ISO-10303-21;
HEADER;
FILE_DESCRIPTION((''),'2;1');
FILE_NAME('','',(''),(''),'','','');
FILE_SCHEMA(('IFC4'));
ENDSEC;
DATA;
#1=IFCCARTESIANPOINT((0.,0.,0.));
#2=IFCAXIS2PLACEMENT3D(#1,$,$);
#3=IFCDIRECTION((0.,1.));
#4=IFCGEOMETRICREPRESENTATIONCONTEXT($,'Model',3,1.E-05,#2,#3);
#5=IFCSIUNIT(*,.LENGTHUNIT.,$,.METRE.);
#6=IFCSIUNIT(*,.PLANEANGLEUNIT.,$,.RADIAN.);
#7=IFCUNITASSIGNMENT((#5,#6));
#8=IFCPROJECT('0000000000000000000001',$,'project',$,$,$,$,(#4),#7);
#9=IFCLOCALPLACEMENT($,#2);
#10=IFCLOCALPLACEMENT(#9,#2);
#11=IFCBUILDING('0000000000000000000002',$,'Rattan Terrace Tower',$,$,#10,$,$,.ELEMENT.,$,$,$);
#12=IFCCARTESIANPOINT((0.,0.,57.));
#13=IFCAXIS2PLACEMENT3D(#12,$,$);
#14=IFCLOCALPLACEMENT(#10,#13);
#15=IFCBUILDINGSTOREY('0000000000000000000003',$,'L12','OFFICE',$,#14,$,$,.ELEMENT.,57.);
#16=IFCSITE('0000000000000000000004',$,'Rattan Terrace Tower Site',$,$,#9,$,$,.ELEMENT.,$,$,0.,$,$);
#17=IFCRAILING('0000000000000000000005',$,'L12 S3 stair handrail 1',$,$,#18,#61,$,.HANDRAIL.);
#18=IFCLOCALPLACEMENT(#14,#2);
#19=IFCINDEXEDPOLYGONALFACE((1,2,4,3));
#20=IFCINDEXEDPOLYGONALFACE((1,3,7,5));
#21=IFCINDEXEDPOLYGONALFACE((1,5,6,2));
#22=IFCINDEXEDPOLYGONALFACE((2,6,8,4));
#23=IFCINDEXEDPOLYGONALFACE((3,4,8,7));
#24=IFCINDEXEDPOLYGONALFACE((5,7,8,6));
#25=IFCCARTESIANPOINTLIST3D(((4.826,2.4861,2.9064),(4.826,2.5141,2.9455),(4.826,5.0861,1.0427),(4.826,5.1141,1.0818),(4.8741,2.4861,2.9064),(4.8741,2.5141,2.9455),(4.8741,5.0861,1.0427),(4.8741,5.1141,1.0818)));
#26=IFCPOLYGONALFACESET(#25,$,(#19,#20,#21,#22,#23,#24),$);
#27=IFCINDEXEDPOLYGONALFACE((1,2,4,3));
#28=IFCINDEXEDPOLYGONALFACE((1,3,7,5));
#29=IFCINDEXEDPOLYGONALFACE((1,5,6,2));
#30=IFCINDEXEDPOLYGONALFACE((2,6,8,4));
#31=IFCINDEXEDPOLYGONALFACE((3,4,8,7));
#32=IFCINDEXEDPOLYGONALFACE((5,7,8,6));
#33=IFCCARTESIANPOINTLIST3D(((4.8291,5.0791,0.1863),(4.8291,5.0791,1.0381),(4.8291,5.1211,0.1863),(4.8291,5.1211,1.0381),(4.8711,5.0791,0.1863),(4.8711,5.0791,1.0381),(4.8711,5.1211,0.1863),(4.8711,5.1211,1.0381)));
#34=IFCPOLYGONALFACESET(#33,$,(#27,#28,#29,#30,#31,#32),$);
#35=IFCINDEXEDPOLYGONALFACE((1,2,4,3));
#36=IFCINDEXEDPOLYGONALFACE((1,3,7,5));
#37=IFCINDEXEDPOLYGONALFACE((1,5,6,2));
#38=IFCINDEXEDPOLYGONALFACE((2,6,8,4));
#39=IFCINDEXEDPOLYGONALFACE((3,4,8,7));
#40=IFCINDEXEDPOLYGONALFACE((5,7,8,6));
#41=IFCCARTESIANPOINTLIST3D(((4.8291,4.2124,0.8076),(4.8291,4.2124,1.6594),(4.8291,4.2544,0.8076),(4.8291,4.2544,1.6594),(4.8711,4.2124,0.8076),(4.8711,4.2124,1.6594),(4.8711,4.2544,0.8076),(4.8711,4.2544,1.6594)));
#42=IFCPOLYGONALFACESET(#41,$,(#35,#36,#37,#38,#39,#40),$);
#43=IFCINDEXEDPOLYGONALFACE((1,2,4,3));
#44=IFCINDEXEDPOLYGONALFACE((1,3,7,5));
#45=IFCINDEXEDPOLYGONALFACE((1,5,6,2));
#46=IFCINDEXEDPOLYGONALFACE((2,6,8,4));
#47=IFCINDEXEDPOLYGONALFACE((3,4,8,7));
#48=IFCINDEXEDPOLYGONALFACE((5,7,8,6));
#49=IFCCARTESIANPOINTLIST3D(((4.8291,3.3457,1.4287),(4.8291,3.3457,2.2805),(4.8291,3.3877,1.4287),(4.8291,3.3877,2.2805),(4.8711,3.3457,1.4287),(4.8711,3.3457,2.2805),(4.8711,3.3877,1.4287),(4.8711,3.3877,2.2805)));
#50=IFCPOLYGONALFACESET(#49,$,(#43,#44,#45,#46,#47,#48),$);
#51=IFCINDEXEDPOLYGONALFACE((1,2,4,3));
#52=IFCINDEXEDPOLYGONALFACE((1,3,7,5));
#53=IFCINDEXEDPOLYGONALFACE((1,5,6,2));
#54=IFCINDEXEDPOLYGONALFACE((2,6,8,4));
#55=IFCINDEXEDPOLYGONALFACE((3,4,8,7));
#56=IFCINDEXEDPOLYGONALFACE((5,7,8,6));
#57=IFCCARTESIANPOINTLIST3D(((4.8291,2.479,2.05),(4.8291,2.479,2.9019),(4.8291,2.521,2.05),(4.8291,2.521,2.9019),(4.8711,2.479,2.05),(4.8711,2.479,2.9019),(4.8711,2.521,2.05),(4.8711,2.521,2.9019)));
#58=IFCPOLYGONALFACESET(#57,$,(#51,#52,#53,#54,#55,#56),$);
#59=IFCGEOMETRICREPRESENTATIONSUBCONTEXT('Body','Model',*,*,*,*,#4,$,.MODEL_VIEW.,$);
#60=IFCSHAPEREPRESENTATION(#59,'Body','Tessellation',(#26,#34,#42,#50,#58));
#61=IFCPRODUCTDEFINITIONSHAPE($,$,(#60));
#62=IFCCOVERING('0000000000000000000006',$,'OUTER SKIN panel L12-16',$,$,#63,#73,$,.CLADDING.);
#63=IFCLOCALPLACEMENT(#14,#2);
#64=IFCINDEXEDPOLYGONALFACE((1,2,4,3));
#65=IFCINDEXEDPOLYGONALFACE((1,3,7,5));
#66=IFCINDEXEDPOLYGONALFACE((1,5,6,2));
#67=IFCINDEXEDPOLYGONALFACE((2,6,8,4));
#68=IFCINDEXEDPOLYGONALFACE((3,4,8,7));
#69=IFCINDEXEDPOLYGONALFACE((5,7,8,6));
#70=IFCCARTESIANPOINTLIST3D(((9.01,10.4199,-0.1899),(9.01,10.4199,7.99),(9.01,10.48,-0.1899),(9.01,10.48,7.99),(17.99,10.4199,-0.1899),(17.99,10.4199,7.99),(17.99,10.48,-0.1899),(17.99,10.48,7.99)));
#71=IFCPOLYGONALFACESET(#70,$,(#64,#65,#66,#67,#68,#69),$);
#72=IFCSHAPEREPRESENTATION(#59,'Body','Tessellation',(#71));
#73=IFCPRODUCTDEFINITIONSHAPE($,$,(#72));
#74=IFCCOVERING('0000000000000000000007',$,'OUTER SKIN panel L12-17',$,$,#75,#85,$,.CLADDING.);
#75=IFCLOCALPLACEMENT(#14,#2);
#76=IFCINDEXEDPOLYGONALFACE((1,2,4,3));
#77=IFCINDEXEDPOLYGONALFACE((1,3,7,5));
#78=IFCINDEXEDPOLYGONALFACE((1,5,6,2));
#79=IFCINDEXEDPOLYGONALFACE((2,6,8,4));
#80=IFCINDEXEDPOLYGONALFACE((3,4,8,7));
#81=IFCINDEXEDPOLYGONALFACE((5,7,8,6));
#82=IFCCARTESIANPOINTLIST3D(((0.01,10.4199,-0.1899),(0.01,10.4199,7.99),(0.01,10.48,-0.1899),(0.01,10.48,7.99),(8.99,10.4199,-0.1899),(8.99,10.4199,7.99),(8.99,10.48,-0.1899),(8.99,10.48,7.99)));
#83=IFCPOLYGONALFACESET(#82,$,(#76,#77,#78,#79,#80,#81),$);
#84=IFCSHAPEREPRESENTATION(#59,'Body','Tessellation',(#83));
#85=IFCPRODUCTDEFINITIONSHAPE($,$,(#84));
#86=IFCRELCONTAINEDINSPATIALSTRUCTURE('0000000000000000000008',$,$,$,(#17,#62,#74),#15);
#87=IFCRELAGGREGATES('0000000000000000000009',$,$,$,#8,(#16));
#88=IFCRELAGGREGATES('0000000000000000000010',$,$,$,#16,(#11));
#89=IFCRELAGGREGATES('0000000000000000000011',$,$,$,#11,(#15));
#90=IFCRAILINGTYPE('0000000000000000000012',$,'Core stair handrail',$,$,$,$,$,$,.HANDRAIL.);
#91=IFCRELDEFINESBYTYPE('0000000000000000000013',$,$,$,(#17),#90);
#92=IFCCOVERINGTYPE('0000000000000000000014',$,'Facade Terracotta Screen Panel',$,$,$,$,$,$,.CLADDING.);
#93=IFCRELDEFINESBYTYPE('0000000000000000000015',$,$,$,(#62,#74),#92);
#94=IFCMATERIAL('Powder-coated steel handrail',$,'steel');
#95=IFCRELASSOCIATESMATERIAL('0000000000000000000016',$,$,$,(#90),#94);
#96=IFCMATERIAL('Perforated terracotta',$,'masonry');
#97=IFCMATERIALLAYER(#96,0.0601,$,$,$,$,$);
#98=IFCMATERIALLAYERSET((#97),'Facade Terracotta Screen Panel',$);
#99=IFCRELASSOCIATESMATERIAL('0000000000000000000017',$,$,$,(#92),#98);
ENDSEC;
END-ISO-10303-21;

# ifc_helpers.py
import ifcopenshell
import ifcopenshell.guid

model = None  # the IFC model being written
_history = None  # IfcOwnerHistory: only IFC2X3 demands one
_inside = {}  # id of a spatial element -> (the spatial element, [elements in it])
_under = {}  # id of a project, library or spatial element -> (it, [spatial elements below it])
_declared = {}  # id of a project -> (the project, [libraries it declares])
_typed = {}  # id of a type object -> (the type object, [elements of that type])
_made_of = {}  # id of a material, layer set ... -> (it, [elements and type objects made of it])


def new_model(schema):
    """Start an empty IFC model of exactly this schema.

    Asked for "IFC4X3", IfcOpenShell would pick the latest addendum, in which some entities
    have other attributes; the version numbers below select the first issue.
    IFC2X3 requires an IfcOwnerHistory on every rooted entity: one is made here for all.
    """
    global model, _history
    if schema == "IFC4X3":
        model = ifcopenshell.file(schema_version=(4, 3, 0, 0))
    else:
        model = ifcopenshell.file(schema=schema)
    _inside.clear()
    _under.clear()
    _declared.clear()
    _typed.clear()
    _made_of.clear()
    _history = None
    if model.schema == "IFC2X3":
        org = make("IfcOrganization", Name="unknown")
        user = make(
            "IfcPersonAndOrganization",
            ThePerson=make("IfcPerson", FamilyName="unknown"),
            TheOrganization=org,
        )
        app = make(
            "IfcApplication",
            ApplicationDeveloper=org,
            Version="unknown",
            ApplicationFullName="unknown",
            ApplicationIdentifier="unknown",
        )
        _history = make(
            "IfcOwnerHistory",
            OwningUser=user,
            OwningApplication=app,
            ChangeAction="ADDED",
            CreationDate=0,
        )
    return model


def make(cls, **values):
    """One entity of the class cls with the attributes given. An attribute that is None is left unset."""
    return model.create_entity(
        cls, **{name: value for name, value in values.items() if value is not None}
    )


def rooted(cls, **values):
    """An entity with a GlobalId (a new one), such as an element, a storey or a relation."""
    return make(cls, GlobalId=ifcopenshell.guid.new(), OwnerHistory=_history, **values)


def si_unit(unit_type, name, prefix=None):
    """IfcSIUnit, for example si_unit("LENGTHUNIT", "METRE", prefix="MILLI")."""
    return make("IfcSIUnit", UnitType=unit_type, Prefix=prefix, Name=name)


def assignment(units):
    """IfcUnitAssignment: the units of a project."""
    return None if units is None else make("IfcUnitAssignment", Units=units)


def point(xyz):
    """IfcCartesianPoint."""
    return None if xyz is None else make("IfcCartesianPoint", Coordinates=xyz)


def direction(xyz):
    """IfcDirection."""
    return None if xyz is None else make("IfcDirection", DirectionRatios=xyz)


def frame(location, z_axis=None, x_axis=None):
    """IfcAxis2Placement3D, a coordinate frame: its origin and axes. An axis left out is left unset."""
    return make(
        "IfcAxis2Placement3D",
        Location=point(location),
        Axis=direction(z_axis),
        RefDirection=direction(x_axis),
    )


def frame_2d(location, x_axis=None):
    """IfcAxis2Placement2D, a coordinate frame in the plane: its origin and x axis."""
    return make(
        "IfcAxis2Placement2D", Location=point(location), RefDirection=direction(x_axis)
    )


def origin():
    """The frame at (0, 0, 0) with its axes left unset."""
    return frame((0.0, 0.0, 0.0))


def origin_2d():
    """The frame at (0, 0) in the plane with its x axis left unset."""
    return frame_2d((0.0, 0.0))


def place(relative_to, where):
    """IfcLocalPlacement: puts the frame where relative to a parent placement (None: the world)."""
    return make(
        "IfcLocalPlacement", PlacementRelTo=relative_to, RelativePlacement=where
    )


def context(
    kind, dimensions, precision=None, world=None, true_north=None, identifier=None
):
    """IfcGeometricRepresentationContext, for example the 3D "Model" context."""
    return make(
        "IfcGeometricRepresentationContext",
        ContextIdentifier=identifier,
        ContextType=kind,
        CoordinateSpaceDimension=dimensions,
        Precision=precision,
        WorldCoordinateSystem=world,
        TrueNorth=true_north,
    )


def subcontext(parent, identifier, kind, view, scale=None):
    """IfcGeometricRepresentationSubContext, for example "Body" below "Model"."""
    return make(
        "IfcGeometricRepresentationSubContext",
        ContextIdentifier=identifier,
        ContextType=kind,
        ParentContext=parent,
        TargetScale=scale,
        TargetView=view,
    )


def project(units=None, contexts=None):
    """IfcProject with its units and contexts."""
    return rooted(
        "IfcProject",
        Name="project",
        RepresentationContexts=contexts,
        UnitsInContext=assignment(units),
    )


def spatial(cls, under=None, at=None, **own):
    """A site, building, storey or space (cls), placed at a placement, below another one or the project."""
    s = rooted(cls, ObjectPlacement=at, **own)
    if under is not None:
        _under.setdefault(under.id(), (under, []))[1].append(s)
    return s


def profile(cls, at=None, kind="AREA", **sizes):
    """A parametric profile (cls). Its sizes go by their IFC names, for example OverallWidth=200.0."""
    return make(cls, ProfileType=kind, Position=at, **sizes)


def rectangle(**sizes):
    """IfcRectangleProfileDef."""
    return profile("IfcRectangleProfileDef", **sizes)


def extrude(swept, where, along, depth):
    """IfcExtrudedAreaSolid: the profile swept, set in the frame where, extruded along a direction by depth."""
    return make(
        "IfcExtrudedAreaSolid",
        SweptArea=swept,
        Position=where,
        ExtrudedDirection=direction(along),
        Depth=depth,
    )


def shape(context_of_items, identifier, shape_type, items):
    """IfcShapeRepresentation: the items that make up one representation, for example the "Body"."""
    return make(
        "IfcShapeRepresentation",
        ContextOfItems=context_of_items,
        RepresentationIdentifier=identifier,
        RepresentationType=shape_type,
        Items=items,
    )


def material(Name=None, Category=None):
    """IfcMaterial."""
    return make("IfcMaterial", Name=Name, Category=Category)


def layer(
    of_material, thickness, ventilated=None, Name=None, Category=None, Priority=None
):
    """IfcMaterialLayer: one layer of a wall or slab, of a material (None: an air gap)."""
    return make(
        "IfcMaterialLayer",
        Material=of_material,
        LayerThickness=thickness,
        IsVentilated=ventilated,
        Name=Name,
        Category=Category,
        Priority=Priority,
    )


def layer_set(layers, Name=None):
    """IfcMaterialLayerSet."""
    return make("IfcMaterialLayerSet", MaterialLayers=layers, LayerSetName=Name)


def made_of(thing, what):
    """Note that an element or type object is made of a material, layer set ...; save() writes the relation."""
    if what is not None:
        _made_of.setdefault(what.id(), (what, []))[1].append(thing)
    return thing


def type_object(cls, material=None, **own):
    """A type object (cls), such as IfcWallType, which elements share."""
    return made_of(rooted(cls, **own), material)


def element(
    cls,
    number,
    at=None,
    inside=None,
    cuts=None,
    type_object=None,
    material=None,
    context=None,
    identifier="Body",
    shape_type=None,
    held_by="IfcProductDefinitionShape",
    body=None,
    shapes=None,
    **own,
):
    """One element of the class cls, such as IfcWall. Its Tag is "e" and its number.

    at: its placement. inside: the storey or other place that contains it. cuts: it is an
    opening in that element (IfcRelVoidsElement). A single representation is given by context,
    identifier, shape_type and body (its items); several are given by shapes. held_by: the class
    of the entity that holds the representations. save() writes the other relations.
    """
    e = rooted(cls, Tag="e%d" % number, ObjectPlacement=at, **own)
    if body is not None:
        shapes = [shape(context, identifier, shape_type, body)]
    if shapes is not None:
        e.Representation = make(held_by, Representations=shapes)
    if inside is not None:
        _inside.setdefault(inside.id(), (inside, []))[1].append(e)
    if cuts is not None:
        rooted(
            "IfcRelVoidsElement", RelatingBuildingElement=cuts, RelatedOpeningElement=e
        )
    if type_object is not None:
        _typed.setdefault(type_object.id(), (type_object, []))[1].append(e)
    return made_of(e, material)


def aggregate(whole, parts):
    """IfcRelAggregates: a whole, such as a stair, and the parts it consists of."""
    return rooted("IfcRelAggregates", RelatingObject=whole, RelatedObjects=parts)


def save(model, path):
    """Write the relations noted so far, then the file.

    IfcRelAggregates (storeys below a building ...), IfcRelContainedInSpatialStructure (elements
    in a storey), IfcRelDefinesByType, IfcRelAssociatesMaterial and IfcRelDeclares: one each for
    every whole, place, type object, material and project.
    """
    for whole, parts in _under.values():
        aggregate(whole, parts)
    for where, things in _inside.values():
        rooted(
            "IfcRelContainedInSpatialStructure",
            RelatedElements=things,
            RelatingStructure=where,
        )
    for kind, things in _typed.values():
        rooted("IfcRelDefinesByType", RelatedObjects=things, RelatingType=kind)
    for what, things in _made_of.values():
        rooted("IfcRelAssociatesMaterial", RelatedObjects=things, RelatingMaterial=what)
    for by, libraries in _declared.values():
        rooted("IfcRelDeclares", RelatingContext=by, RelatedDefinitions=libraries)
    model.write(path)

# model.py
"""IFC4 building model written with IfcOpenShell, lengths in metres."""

from ifc_helpers import new_model, si_unit, direction, frame, origin, origin_2d, place, context, subcontext, project, spatial, rectangle, extrude, material, layer, layer_set, type_object, element, save


model = new_model("IFC4")

# Units and contexts
model_context = context("Model", 3, precision=1e-05, world=origin(), true_north=direction((0.0, 1.0)))
body_context = subcontext(model_context, "Body", "Model", "MODEL_VIEW")
ifc_project = project(units=[si_unit("LENGTHUNIT", "METRE"), si_unit("PLANEANGLEUNIT", "RADIAN")], contexts=[model_context])

# Site, building, storey
site_placement = place(None, origin())
site = spatial("IfcSite", under=ifc_project, at=site_placement, Name="Rattan Terrace Tower Site", CompositionType="ELEMENT", RefElevation=0.0)
building_placement = place(site_placement, origin())
building = spatial("IfcBuilding", under=site, at=building_placement, Name="Rattan Terrace Tower", CompositionType="ELEMENT")
storey_placement = place(building_placement, frame((0.0, 0.0, 57.0)))
storey = spatial("IfcBuildingStorey", under=building, at=storey_placement, Name="L12", Description="OFFICE", CompositionType="ELEMENT", Elevation=57.0)

# Railing
ifc_material_1 = material(Name="Powder-coated steel handrail", Category="steel")
railing_type_1 = type_object("IfcRailingType", Name="Core stair handrail", PredefinedType="HANDRAIL", material=ifc_material_1)
for number, where, name in (
    (1, (4.8501, 5.1001, 0.1863), "L12 S3 stair handrail 1"),
):
    element("IfcRailing", number, at=place(storey_placement, frame(where)), inside=storey, type_object=railing_type_1, Name=name, PredefinedType="HANDRAIL", context=body_context, shape_type="SweptSolid", body=[
        extrude(rectangle(XDim=0.0481, YDim=0.0481, at=origin_2d()), frame((0.0, 0.0, 0.876), z_axis=(0.0, -0.812763, 0.582595), x_axis=(1.0, 0.0, 0.0)), (0.0, 0.0, 1.0), 3.199),
        extrude(rectangle(XDim=0.042, YDim=0.042, at=origin_2d()), origin(), (0.0, 0.0, 1.0), 0.8518),
        extrude(rectangle(XDim=0.042, YDim=0.042, at=origin_2d()), frame((0.0, -0.8667, 0.6213)), (0.0, 0.0, 1.0), 0.8518),
        extrude(rectangle(XDim=0.042, YDim=0.042, at=origin_2d()), frame((0.0, -1.7334, 1.2424)), (0.0, 0.0, 1.0), 0.8518),
        extrude(rectangle(XDim=0.042, YDim=0.042, at=origin_2d()), frame((0.0, -2.6001, 1.8638)), (0.0, 0.0, 1.0), 0.8518),
    ])

# Coverings
ifc_material_2 = material(Name="Perforated terracotta", Category="masonry")
ifc_layer_1 = layer(ifc_material_2, 0.0601)
ifc_layer_set_1 = layer_set([ifc_layer_1], Name="Facade Terracotta Screen Panel")
covering_type = type_object("IfcCoveringType", Name="Facade Terracotta Screen Panel", PredefinedType="CLADDING", material=ifc_layer_set_1)
for number, where, z_axis, x_axis, name in (
    (2, (13.5, 10.45, -0.1899), (0.0, 0.0, 1.0), (-1.0, 0.0, 0.0), "OUTER SKIN panel L12-16"),
    (3, (4.5, 10.45, -0.1899), (0.0, 0.0, 1.0), (-1.0, 0.0, 0.0), "OUTER SKIN panel L12-17"),
):
    element("IfcCovering", number, at=place(storey_placement, frame(where, z_axis=z_axis, x_axis=x_axis)), inside=storey, type_object=covering_type, Name=name, PredefinedType="CLADDING", context=body_context, shape_type="SweptSolid", body=[
        extrude(rectangle(XDim=8.98, YDim=0.0601, at=origin_2d()), origin(), (0.0, 0.0, 1.0), 8.1799),
    ])

save(model, "model.ifc")
